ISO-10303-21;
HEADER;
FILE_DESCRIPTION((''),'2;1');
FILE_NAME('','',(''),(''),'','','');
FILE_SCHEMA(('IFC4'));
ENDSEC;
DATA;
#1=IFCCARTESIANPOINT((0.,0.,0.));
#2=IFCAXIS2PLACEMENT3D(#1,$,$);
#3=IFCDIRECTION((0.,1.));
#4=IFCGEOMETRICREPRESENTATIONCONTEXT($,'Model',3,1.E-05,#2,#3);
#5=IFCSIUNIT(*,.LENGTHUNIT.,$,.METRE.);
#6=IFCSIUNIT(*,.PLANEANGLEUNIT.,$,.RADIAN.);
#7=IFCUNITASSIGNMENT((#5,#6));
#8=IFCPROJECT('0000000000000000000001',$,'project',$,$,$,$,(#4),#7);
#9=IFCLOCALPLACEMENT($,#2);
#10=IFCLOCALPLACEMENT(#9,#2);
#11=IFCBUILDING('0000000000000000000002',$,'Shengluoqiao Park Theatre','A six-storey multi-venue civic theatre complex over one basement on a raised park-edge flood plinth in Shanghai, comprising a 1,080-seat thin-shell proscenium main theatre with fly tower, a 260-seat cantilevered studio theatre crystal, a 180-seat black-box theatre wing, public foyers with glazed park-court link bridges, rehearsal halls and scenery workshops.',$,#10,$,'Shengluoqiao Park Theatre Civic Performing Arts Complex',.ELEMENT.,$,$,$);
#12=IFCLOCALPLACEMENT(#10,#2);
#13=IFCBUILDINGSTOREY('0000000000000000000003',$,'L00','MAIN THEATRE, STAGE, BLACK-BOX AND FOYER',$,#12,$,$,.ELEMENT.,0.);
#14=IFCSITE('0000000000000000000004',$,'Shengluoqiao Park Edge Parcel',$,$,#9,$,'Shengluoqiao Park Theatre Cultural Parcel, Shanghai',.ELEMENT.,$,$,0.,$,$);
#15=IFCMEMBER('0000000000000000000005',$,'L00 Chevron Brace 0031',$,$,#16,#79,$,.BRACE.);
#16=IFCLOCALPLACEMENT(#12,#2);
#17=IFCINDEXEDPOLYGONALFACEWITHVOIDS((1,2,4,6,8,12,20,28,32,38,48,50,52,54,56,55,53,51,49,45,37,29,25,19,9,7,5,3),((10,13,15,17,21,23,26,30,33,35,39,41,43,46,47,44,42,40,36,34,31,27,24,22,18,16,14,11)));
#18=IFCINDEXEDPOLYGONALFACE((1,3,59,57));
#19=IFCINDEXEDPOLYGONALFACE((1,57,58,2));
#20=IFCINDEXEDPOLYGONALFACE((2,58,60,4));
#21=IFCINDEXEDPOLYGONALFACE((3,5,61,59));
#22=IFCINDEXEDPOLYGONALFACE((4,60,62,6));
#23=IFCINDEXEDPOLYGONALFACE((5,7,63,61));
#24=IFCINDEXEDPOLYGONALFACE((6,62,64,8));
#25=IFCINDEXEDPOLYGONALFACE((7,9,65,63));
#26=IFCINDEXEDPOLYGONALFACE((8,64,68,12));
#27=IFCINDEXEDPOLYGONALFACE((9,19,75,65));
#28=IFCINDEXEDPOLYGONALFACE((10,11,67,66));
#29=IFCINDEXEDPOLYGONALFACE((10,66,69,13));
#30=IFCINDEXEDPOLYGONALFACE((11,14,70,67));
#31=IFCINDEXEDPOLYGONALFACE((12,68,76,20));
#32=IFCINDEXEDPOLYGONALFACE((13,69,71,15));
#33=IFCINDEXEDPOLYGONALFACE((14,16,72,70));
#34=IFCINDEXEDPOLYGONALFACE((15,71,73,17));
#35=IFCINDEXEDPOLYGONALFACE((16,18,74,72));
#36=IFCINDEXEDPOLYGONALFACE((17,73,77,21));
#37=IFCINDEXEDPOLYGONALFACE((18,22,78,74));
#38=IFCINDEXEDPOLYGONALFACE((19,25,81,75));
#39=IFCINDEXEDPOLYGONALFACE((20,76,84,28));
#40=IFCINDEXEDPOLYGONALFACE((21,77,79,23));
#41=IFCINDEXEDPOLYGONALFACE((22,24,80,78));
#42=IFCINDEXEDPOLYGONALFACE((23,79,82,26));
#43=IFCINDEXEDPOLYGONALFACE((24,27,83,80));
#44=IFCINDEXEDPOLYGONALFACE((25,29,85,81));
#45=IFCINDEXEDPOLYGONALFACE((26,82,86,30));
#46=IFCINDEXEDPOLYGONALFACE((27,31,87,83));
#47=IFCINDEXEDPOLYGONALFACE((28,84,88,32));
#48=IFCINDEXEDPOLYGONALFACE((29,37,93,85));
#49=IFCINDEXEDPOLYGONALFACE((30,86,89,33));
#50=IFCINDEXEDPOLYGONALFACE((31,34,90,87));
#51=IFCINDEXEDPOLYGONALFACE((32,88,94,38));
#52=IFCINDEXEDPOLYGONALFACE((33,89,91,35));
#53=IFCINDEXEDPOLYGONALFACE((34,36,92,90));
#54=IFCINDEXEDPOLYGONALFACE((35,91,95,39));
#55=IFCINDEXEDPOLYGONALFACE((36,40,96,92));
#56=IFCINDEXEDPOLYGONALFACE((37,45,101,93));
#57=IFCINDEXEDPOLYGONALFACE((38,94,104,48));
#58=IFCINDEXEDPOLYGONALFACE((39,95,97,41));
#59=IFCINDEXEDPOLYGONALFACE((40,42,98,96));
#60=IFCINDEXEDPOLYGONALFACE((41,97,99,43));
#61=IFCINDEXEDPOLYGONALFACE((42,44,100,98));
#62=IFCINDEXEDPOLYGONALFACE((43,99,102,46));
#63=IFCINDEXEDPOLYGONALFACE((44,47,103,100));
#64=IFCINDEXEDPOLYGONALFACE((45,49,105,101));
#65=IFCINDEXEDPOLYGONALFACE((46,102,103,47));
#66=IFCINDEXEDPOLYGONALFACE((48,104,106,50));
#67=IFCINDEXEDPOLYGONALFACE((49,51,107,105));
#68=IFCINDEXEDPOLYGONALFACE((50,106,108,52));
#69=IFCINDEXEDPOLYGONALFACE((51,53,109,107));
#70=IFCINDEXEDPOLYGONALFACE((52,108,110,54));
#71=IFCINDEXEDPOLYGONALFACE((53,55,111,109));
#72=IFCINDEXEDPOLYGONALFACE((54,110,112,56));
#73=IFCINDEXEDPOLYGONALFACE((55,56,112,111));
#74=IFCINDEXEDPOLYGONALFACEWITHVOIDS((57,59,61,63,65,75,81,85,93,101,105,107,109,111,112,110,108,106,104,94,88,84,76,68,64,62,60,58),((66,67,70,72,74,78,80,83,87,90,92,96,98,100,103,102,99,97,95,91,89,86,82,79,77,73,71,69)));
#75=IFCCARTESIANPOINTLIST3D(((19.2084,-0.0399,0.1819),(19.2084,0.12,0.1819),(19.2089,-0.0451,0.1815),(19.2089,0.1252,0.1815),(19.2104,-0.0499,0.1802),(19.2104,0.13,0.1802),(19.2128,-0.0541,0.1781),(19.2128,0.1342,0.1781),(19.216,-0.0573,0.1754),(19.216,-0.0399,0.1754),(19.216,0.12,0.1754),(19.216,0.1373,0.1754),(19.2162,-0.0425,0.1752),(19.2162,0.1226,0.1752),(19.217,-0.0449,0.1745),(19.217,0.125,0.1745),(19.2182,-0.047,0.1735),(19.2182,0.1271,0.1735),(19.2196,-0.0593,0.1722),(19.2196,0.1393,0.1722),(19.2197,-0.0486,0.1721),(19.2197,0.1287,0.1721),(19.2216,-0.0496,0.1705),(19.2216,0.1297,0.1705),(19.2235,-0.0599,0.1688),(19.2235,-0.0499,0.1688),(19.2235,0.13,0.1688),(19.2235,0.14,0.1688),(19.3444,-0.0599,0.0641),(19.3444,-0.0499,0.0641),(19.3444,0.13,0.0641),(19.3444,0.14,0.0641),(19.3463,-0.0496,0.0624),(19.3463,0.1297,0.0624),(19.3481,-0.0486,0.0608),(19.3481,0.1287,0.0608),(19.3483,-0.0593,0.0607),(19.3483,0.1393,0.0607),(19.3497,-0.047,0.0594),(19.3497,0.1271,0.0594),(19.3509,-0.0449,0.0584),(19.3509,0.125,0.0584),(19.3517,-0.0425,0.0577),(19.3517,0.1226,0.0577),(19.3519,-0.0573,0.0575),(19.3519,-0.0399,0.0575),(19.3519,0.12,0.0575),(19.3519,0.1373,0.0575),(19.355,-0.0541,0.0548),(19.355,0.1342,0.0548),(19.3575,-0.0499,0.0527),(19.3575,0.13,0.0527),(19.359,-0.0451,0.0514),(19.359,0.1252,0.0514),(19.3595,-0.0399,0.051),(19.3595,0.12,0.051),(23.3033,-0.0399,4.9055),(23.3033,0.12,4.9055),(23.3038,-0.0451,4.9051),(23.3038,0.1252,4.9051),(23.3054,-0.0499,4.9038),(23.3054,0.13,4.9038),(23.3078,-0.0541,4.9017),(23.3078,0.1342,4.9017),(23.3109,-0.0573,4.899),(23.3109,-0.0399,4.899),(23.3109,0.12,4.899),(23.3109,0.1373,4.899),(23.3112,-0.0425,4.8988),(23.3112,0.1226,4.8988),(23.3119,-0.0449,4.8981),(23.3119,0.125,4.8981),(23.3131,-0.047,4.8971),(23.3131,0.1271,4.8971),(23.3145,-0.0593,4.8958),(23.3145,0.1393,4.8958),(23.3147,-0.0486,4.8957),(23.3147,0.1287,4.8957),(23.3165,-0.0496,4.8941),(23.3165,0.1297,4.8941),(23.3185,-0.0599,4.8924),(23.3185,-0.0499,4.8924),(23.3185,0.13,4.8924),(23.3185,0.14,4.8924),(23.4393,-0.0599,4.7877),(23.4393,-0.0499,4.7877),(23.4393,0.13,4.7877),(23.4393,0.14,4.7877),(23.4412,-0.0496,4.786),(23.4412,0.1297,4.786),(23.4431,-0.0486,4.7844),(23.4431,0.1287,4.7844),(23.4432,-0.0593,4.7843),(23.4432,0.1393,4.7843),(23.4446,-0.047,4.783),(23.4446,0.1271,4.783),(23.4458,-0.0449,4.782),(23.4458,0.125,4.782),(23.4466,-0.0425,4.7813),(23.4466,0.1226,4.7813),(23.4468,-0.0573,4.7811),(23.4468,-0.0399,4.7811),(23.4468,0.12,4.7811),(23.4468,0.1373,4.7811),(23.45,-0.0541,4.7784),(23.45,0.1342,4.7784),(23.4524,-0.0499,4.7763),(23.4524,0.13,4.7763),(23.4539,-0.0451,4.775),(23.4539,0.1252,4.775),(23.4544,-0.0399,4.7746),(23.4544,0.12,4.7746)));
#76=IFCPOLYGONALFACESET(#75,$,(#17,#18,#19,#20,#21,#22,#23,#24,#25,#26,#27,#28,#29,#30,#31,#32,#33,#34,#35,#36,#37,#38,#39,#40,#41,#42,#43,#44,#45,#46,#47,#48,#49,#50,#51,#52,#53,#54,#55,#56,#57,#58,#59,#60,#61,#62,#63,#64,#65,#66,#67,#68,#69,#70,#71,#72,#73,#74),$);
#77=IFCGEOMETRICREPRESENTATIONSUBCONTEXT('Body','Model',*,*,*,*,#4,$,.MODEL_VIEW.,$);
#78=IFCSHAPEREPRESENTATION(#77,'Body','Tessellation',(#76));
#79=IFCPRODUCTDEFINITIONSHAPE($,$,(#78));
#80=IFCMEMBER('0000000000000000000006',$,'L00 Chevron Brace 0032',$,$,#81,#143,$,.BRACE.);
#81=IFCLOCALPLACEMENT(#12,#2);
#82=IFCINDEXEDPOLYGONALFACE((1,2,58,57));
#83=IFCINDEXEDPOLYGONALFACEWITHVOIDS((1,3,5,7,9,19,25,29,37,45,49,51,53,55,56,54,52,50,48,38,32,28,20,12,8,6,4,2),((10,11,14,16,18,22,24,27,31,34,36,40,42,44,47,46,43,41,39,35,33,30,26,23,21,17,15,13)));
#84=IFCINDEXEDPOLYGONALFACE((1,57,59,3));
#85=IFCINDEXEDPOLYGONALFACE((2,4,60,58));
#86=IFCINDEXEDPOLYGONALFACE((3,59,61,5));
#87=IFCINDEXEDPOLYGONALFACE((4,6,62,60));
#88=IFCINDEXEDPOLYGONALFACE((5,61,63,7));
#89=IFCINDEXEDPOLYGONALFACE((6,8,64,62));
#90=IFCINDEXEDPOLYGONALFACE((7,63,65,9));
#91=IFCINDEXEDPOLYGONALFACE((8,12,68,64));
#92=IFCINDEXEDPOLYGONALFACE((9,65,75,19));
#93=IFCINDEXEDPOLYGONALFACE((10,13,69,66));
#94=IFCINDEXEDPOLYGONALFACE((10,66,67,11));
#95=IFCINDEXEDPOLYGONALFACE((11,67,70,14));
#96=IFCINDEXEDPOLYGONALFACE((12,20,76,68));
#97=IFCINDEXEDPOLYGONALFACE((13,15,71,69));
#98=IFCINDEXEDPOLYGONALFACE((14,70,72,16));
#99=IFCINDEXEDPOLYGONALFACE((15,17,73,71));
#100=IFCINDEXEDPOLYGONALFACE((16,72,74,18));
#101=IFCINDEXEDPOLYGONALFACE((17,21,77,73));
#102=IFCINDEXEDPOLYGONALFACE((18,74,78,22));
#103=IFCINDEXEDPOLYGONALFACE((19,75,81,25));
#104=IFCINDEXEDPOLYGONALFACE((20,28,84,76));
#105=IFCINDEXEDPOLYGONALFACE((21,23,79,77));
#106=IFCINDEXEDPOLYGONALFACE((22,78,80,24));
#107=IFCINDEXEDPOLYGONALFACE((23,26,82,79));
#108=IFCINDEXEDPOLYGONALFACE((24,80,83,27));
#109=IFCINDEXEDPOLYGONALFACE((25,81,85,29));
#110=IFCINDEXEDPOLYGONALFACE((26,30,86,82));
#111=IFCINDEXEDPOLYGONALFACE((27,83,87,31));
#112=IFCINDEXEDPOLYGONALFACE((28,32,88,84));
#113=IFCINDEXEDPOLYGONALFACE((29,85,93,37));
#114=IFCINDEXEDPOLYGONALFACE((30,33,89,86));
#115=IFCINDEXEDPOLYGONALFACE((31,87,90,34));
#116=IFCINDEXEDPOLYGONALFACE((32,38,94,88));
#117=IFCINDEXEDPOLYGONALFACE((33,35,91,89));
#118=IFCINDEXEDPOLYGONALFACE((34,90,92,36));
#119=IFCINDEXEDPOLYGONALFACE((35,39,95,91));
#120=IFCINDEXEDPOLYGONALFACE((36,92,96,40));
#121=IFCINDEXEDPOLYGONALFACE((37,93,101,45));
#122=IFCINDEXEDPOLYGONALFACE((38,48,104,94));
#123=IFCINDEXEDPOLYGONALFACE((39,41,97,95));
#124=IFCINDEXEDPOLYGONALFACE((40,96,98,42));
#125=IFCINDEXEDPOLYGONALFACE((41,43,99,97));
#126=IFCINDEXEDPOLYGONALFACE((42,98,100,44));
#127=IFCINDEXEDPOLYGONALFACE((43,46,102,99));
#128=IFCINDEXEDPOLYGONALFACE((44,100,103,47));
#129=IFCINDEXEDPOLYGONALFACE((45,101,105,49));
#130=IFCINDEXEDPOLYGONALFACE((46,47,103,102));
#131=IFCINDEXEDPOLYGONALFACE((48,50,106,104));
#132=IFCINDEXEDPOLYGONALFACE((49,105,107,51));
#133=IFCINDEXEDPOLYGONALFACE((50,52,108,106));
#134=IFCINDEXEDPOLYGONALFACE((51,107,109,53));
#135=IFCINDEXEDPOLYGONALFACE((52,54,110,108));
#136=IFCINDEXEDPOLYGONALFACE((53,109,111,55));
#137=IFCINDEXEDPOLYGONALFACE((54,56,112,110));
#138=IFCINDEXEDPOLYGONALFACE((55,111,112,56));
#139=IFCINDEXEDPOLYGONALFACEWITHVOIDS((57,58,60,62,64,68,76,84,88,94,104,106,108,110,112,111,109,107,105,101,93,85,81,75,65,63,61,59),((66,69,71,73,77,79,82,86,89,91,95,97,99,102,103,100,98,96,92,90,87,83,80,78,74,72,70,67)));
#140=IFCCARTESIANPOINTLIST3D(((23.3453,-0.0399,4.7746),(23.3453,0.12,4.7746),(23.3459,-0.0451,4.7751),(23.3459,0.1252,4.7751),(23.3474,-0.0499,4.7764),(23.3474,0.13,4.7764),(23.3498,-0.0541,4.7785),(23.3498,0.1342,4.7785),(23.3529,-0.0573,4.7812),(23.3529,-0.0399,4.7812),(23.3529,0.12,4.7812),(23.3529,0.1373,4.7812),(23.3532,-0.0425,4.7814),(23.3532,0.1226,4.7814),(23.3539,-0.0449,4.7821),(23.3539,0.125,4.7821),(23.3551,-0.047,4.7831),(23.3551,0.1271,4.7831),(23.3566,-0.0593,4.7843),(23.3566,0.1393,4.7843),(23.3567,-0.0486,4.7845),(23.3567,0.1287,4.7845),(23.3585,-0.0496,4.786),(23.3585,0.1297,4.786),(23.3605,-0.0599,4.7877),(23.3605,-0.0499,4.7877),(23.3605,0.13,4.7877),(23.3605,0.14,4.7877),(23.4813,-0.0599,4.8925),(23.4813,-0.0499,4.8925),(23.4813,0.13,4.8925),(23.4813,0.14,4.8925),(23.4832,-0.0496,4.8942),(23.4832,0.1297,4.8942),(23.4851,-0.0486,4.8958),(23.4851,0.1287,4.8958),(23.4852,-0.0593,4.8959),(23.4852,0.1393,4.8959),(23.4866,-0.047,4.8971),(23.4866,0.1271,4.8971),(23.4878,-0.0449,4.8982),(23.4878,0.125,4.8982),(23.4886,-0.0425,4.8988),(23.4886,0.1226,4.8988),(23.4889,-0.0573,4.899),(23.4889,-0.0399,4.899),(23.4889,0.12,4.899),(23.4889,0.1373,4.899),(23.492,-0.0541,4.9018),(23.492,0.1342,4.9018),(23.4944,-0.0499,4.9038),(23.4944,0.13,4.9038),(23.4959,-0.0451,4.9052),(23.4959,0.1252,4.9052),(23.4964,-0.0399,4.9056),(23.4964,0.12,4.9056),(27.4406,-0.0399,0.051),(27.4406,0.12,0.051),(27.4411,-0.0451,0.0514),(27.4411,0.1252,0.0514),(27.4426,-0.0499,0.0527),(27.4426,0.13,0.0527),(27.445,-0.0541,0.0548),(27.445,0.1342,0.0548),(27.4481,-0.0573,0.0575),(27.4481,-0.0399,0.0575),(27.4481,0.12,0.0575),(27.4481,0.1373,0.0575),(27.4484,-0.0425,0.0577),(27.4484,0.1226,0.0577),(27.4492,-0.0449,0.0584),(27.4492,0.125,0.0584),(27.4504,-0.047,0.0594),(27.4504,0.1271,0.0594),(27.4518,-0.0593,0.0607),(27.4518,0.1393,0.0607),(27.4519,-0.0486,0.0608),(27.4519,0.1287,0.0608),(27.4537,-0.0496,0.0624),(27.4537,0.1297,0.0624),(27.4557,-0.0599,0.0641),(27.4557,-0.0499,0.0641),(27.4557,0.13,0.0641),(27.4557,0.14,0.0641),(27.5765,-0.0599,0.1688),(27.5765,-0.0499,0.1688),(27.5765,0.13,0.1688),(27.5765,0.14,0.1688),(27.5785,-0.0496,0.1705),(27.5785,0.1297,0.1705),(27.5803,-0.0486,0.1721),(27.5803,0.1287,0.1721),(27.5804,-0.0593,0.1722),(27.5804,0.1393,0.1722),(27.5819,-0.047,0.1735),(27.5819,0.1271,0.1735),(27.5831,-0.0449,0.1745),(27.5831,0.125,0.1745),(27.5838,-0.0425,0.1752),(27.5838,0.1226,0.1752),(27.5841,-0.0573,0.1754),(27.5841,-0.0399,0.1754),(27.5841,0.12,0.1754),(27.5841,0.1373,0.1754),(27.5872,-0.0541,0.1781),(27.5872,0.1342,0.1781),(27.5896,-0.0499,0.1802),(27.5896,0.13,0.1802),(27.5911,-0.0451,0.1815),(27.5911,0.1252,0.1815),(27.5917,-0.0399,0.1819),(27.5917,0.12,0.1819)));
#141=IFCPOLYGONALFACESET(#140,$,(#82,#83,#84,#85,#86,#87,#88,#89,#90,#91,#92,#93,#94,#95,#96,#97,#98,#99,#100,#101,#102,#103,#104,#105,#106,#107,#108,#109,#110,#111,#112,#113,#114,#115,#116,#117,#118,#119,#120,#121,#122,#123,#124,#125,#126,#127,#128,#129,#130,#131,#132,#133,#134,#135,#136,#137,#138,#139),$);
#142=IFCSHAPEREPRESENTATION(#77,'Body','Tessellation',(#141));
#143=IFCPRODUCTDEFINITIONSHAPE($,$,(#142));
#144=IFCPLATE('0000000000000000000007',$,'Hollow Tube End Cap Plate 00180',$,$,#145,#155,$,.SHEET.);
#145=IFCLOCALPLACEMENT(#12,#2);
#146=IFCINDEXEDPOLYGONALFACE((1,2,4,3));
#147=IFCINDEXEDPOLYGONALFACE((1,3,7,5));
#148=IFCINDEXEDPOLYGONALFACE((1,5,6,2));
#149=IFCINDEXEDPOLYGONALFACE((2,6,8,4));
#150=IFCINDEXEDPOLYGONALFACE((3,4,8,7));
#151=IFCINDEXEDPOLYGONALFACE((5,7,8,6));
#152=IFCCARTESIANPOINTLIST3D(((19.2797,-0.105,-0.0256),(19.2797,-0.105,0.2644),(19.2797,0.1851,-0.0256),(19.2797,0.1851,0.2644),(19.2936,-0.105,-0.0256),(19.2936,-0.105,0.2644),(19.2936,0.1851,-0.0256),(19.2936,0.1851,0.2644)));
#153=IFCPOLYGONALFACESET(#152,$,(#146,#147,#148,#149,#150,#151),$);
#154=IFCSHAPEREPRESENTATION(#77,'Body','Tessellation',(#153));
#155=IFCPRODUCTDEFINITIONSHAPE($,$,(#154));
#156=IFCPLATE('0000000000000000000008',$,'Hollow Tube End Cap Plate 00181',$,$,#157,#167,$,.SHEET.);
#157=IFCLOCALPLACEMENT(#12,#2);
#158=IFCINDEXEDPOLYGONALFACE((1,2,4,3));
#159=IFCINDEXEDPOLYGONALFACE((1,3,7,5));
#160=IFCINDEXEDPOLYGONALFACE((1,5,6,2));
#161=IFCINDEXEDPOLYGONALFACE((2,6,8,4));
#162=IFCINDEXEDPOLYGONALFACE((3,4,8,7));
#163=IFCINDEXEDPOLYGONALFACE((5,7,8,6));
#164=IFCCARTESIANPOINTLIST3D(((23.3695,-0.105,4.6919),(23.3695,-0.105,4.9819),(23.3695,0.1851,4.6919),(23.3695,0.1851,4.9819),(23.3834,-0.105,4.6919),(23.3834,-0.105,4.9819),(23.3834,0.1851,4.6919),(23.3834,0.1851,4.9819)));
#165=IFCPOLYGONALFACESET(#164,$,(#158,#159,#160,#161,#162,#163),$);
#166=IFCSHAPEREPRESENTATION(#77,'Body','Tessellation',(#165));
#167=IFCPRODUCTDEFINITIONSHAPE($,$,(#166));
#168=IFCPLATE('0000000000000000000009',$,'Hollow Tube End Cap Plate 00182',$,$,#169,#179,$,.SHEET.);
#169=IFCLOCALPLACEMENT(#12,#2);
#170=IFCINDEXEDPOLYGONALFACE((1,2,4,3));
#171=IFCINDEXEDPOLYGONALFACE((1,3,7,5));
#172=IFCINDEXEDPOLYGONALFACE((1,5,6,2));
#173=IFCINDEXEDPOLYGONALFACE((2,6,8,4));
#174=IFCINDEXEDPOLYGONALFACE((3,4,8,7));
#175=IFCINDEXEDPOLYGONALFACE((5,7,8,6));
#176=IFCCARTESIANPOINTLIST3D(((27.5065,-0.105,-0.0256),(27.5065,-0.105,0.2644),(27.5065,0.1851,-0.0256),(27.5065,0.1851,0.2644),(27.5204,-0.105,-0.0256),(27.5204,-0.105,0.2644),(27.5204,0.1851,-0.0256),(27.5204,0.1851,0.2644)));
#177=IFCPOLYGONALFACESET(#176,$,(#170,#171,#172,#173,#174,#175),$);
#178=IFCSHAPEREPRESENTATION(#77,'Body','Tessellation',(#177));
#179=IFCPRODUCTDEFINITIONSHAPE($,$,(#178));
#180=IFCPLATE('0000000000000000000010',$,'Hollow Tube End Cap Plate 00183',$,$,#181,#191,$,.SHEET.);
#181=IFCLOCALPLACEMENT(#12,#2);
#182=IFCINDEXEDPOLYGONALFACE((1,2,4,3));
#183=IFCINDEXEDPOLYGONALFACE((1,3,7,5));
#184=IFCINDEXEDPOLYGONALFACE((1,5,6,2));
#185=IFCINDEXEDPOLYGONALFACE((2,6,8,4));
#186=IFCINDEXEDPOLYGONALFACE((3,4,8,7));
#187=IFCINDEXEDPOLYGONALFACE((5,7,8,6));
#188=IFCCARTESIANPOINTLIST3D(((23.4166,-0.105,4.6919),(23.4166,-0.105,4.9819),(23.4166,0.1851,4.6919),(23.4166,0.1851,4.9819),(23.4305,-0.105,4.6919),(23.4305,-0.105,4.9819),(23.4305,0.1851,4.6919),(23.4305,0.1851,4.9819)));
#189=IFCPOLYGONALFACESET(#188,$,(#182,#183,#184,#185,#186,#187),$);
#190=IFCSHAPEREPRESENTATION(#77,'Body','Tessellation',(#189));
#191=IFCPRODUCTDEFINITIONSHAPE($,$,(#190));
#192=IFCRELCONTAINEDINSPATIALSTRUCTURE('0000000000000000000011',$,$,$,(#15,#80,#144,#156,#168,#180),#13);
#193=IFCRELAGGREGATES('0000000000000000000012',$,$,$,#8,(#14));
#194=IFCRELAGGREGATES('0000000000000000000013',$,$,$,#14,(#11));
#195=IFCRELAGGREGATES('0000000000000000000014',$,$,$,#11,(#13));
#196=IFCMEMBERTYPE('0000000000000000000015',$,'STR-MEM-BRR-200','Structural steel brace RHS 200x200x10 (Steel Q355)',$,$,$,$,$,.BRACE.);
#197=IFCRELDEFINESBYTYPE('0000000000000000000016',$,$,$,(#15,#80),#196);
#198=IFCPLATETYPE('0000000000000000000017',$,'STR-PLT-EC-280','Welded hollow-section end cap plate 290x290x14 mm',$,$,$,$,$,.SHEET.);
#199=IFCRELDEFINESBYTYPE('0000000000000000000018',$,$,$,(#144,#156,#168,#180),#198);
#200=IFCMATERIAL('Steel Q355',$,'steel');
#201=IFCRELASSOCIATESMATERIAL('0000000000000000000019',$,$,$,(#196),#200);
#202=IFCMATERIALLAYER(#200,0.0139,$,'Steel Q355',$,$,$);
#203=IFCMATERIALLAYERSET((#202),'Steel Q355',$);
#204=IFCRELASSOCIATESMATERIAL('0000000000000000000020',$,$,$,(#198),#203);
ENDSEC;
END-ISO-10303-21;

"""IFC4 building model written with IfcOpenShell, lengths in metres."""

from ifc_helpers import new_model, si_unit, direction, frame, origin, origin_2d, place, context, subcontext, project, spatial, rectangle, hollow_rectangle, extrude, material, layer, layer_set, material_profile, profile_set, type_object, element, save


model = new_model("IFC4")

# Units and contexts
model_context = context("Model", 3, precision=1e-05, world=origin(), true_north=direction((0.0, 1.0)))
body_context = subcontext(model_context, "Body", "Model", "MODEL_VIEW")
ifc_project = project(units=[si_unit("LENGTHUNIT", "METRE"), si_unit("PLANEANGLEUNIT", "RADIAN")], contexts=[model_context])

# Site, building, storey
site_placement = place(None, origin())
site = spatial("IfcSite", under=ifc_project, at=site_placement, Name="Shengluoqiao Park Edge Parcel", LongName="Shengluoqiao Park Theatre Cultural Parcel, Shanghai", CompositionType="ELEMENT", RefElevation=0.0)
building_placement = place(site_placement, origin())
building = spatial("IfcBuilding", under=site, at=building_placement, Name="Shengluoqiao Park Theatre", Description="A six-storey multi-venue civic theatre complex over one basement on a raised park-edge flood plinth in Shanghai, comprising a 1,080-seat thin-shell proscenium main theatre with fly tower, a 260-seat cantilevered studio theatre crystal, a 180-seat black-box theatre wing, public foyers with glazed park-court link bridges, rehearsal halls and scenery workshops.", LongName="Shengluoqiao Park Theatre Civic Performing Arts Complex", CompositionType="ELEMENT")
storey_placement = place(building_placement, origin())
storey = spatial("IfcBuildingStorey", under=building, at=storey_placement, Name="L00", Description="MAIN THEATRE, STAGE, BLACK-BOX AND FOYER", CompositionType="ELEMENT", Elevation=0.0)

# Shared definitions
ifc_material_1 = material(Name="Steel Q355", Category="steel")

# Members
ifc_material_profile_1 = material_profile(ifc_material_1, hollow_rectangle(XDim=0.2, YDim=0.2, WallThickness=0.01, InnerFilletRadius=0.01, OuterFilletRadius=0.02, at=origin_2d()), Name="RHS 200x200x10")
ifc_profile_set_1 = profile_set([ifc_material_profile_1], Name="Steel Q355")
member_type = type_object("IfcMemberType", Name="STR-MEM-BRR-200", Description="Structural steel brace RHS 200x200x10 (Steel Q355)", PredefinedType="BRACE", material=ifc_profile_set_1)
member_1_placement = place(storey_placement, frame((19.2839, 0.04, 0.1165), z_axis=(0.655036, 0.0, 0.755598), x_axis=(0.0, 1.0, 0.0)))
element("IfcMember", 1, at=member_1_placement, inside=storey, type_object=member_type, Name="L00 Chevron Brace 0031", PredefinedType="BRACE", context=body_context, shape_type="SweptSolid", body=[
    extrude(hollow_rectangle(XDim=0.2, YDim=0.2, WallThickness=0.01, InnerFilletRadius=0.01, OuterFilletRadius=0.02, at=origin_2d()), origin(), (0.0, 0.0, 1.0), 6.2515),
])
member_2_placement = place(storey_placement, frame((27.5161, 0.04, 0.1165), z_axis=(-0.655058, 0.0, 0.755578), x_axis=(0.0, -1.0, 0.0)))
element("IfcMember", 2, at=member_2_placement, inside=storey, type_object=member_type, Name="L00 Chevron Brace 0032", PredefinedType="BRACE", context=body_context, shape_type="SweptSolid", body=[
    extrude(hollow_rectangle(XDim=0.2, YDim=0.2, WallThickness=0.01, InnerFilletRadius=0.01, OuterFilletRadius=0.02, at=origin_2d()), origin(), (0.0, 0.0, 1.0), 6.2517),
])

# Plates
ifc_layer_1 = layer(ifc_material_1, 0.0139, Name="Steel Q355")
ifc_layer_set_1 = layer_set([ifc_layer_1], Name="Steel Q355")
plate_type = type_object("IfcPlateType", Name="STR-PLT-EC-280", Description="Welded hollow-section end cap plate 290x290x14 mm", PredefinedType="SHEET", material=ifc_layer_set_1)
for number, where, z_axis, x_axis, name in (
    (3, (19.2866, 0.04, -0.0256), (0.0, 0.0, 1.0), (1.0, 0.0, 0.0), "Hollow Tube End Cap Plate 00180"),
    (4, (23.3765, 0.04, 4.6919), (0.0, 0.0, 1.0), (1.0, 0.0, 0.0), "Hollow Tube End Cap Plate 00181"),
    (5, (27.5134, 0.04, -0.0256), (0.0, 0.0, 1.0), (-1.0, 0.0, 0.0), "Hollow Tube End Cap Plate 00182"),
    (6, (23.4236, 0.04, 4.6919), (0.0, 0.0, 1.0), (-1.0, 0.0, 0.0), "Hollow Tube End Cap Plate 00183"),
):
    element("IfcPlate", number, at=place(storey_placement, frame(where, z_axis=z_axis, x_axis=x_axis)), inside=storey, type_object=plate_type, Name=name, PredefinedType="SHEET", context=body_context, shape_type="SweptSolid", body=[
        extrude(rectangle(XDim=0.0139, YDim=0.29, at=origin_2d()), origin(), (0.0, 0.0, 1.0), 0.29),
    ])

save(model, "model.ifc")
